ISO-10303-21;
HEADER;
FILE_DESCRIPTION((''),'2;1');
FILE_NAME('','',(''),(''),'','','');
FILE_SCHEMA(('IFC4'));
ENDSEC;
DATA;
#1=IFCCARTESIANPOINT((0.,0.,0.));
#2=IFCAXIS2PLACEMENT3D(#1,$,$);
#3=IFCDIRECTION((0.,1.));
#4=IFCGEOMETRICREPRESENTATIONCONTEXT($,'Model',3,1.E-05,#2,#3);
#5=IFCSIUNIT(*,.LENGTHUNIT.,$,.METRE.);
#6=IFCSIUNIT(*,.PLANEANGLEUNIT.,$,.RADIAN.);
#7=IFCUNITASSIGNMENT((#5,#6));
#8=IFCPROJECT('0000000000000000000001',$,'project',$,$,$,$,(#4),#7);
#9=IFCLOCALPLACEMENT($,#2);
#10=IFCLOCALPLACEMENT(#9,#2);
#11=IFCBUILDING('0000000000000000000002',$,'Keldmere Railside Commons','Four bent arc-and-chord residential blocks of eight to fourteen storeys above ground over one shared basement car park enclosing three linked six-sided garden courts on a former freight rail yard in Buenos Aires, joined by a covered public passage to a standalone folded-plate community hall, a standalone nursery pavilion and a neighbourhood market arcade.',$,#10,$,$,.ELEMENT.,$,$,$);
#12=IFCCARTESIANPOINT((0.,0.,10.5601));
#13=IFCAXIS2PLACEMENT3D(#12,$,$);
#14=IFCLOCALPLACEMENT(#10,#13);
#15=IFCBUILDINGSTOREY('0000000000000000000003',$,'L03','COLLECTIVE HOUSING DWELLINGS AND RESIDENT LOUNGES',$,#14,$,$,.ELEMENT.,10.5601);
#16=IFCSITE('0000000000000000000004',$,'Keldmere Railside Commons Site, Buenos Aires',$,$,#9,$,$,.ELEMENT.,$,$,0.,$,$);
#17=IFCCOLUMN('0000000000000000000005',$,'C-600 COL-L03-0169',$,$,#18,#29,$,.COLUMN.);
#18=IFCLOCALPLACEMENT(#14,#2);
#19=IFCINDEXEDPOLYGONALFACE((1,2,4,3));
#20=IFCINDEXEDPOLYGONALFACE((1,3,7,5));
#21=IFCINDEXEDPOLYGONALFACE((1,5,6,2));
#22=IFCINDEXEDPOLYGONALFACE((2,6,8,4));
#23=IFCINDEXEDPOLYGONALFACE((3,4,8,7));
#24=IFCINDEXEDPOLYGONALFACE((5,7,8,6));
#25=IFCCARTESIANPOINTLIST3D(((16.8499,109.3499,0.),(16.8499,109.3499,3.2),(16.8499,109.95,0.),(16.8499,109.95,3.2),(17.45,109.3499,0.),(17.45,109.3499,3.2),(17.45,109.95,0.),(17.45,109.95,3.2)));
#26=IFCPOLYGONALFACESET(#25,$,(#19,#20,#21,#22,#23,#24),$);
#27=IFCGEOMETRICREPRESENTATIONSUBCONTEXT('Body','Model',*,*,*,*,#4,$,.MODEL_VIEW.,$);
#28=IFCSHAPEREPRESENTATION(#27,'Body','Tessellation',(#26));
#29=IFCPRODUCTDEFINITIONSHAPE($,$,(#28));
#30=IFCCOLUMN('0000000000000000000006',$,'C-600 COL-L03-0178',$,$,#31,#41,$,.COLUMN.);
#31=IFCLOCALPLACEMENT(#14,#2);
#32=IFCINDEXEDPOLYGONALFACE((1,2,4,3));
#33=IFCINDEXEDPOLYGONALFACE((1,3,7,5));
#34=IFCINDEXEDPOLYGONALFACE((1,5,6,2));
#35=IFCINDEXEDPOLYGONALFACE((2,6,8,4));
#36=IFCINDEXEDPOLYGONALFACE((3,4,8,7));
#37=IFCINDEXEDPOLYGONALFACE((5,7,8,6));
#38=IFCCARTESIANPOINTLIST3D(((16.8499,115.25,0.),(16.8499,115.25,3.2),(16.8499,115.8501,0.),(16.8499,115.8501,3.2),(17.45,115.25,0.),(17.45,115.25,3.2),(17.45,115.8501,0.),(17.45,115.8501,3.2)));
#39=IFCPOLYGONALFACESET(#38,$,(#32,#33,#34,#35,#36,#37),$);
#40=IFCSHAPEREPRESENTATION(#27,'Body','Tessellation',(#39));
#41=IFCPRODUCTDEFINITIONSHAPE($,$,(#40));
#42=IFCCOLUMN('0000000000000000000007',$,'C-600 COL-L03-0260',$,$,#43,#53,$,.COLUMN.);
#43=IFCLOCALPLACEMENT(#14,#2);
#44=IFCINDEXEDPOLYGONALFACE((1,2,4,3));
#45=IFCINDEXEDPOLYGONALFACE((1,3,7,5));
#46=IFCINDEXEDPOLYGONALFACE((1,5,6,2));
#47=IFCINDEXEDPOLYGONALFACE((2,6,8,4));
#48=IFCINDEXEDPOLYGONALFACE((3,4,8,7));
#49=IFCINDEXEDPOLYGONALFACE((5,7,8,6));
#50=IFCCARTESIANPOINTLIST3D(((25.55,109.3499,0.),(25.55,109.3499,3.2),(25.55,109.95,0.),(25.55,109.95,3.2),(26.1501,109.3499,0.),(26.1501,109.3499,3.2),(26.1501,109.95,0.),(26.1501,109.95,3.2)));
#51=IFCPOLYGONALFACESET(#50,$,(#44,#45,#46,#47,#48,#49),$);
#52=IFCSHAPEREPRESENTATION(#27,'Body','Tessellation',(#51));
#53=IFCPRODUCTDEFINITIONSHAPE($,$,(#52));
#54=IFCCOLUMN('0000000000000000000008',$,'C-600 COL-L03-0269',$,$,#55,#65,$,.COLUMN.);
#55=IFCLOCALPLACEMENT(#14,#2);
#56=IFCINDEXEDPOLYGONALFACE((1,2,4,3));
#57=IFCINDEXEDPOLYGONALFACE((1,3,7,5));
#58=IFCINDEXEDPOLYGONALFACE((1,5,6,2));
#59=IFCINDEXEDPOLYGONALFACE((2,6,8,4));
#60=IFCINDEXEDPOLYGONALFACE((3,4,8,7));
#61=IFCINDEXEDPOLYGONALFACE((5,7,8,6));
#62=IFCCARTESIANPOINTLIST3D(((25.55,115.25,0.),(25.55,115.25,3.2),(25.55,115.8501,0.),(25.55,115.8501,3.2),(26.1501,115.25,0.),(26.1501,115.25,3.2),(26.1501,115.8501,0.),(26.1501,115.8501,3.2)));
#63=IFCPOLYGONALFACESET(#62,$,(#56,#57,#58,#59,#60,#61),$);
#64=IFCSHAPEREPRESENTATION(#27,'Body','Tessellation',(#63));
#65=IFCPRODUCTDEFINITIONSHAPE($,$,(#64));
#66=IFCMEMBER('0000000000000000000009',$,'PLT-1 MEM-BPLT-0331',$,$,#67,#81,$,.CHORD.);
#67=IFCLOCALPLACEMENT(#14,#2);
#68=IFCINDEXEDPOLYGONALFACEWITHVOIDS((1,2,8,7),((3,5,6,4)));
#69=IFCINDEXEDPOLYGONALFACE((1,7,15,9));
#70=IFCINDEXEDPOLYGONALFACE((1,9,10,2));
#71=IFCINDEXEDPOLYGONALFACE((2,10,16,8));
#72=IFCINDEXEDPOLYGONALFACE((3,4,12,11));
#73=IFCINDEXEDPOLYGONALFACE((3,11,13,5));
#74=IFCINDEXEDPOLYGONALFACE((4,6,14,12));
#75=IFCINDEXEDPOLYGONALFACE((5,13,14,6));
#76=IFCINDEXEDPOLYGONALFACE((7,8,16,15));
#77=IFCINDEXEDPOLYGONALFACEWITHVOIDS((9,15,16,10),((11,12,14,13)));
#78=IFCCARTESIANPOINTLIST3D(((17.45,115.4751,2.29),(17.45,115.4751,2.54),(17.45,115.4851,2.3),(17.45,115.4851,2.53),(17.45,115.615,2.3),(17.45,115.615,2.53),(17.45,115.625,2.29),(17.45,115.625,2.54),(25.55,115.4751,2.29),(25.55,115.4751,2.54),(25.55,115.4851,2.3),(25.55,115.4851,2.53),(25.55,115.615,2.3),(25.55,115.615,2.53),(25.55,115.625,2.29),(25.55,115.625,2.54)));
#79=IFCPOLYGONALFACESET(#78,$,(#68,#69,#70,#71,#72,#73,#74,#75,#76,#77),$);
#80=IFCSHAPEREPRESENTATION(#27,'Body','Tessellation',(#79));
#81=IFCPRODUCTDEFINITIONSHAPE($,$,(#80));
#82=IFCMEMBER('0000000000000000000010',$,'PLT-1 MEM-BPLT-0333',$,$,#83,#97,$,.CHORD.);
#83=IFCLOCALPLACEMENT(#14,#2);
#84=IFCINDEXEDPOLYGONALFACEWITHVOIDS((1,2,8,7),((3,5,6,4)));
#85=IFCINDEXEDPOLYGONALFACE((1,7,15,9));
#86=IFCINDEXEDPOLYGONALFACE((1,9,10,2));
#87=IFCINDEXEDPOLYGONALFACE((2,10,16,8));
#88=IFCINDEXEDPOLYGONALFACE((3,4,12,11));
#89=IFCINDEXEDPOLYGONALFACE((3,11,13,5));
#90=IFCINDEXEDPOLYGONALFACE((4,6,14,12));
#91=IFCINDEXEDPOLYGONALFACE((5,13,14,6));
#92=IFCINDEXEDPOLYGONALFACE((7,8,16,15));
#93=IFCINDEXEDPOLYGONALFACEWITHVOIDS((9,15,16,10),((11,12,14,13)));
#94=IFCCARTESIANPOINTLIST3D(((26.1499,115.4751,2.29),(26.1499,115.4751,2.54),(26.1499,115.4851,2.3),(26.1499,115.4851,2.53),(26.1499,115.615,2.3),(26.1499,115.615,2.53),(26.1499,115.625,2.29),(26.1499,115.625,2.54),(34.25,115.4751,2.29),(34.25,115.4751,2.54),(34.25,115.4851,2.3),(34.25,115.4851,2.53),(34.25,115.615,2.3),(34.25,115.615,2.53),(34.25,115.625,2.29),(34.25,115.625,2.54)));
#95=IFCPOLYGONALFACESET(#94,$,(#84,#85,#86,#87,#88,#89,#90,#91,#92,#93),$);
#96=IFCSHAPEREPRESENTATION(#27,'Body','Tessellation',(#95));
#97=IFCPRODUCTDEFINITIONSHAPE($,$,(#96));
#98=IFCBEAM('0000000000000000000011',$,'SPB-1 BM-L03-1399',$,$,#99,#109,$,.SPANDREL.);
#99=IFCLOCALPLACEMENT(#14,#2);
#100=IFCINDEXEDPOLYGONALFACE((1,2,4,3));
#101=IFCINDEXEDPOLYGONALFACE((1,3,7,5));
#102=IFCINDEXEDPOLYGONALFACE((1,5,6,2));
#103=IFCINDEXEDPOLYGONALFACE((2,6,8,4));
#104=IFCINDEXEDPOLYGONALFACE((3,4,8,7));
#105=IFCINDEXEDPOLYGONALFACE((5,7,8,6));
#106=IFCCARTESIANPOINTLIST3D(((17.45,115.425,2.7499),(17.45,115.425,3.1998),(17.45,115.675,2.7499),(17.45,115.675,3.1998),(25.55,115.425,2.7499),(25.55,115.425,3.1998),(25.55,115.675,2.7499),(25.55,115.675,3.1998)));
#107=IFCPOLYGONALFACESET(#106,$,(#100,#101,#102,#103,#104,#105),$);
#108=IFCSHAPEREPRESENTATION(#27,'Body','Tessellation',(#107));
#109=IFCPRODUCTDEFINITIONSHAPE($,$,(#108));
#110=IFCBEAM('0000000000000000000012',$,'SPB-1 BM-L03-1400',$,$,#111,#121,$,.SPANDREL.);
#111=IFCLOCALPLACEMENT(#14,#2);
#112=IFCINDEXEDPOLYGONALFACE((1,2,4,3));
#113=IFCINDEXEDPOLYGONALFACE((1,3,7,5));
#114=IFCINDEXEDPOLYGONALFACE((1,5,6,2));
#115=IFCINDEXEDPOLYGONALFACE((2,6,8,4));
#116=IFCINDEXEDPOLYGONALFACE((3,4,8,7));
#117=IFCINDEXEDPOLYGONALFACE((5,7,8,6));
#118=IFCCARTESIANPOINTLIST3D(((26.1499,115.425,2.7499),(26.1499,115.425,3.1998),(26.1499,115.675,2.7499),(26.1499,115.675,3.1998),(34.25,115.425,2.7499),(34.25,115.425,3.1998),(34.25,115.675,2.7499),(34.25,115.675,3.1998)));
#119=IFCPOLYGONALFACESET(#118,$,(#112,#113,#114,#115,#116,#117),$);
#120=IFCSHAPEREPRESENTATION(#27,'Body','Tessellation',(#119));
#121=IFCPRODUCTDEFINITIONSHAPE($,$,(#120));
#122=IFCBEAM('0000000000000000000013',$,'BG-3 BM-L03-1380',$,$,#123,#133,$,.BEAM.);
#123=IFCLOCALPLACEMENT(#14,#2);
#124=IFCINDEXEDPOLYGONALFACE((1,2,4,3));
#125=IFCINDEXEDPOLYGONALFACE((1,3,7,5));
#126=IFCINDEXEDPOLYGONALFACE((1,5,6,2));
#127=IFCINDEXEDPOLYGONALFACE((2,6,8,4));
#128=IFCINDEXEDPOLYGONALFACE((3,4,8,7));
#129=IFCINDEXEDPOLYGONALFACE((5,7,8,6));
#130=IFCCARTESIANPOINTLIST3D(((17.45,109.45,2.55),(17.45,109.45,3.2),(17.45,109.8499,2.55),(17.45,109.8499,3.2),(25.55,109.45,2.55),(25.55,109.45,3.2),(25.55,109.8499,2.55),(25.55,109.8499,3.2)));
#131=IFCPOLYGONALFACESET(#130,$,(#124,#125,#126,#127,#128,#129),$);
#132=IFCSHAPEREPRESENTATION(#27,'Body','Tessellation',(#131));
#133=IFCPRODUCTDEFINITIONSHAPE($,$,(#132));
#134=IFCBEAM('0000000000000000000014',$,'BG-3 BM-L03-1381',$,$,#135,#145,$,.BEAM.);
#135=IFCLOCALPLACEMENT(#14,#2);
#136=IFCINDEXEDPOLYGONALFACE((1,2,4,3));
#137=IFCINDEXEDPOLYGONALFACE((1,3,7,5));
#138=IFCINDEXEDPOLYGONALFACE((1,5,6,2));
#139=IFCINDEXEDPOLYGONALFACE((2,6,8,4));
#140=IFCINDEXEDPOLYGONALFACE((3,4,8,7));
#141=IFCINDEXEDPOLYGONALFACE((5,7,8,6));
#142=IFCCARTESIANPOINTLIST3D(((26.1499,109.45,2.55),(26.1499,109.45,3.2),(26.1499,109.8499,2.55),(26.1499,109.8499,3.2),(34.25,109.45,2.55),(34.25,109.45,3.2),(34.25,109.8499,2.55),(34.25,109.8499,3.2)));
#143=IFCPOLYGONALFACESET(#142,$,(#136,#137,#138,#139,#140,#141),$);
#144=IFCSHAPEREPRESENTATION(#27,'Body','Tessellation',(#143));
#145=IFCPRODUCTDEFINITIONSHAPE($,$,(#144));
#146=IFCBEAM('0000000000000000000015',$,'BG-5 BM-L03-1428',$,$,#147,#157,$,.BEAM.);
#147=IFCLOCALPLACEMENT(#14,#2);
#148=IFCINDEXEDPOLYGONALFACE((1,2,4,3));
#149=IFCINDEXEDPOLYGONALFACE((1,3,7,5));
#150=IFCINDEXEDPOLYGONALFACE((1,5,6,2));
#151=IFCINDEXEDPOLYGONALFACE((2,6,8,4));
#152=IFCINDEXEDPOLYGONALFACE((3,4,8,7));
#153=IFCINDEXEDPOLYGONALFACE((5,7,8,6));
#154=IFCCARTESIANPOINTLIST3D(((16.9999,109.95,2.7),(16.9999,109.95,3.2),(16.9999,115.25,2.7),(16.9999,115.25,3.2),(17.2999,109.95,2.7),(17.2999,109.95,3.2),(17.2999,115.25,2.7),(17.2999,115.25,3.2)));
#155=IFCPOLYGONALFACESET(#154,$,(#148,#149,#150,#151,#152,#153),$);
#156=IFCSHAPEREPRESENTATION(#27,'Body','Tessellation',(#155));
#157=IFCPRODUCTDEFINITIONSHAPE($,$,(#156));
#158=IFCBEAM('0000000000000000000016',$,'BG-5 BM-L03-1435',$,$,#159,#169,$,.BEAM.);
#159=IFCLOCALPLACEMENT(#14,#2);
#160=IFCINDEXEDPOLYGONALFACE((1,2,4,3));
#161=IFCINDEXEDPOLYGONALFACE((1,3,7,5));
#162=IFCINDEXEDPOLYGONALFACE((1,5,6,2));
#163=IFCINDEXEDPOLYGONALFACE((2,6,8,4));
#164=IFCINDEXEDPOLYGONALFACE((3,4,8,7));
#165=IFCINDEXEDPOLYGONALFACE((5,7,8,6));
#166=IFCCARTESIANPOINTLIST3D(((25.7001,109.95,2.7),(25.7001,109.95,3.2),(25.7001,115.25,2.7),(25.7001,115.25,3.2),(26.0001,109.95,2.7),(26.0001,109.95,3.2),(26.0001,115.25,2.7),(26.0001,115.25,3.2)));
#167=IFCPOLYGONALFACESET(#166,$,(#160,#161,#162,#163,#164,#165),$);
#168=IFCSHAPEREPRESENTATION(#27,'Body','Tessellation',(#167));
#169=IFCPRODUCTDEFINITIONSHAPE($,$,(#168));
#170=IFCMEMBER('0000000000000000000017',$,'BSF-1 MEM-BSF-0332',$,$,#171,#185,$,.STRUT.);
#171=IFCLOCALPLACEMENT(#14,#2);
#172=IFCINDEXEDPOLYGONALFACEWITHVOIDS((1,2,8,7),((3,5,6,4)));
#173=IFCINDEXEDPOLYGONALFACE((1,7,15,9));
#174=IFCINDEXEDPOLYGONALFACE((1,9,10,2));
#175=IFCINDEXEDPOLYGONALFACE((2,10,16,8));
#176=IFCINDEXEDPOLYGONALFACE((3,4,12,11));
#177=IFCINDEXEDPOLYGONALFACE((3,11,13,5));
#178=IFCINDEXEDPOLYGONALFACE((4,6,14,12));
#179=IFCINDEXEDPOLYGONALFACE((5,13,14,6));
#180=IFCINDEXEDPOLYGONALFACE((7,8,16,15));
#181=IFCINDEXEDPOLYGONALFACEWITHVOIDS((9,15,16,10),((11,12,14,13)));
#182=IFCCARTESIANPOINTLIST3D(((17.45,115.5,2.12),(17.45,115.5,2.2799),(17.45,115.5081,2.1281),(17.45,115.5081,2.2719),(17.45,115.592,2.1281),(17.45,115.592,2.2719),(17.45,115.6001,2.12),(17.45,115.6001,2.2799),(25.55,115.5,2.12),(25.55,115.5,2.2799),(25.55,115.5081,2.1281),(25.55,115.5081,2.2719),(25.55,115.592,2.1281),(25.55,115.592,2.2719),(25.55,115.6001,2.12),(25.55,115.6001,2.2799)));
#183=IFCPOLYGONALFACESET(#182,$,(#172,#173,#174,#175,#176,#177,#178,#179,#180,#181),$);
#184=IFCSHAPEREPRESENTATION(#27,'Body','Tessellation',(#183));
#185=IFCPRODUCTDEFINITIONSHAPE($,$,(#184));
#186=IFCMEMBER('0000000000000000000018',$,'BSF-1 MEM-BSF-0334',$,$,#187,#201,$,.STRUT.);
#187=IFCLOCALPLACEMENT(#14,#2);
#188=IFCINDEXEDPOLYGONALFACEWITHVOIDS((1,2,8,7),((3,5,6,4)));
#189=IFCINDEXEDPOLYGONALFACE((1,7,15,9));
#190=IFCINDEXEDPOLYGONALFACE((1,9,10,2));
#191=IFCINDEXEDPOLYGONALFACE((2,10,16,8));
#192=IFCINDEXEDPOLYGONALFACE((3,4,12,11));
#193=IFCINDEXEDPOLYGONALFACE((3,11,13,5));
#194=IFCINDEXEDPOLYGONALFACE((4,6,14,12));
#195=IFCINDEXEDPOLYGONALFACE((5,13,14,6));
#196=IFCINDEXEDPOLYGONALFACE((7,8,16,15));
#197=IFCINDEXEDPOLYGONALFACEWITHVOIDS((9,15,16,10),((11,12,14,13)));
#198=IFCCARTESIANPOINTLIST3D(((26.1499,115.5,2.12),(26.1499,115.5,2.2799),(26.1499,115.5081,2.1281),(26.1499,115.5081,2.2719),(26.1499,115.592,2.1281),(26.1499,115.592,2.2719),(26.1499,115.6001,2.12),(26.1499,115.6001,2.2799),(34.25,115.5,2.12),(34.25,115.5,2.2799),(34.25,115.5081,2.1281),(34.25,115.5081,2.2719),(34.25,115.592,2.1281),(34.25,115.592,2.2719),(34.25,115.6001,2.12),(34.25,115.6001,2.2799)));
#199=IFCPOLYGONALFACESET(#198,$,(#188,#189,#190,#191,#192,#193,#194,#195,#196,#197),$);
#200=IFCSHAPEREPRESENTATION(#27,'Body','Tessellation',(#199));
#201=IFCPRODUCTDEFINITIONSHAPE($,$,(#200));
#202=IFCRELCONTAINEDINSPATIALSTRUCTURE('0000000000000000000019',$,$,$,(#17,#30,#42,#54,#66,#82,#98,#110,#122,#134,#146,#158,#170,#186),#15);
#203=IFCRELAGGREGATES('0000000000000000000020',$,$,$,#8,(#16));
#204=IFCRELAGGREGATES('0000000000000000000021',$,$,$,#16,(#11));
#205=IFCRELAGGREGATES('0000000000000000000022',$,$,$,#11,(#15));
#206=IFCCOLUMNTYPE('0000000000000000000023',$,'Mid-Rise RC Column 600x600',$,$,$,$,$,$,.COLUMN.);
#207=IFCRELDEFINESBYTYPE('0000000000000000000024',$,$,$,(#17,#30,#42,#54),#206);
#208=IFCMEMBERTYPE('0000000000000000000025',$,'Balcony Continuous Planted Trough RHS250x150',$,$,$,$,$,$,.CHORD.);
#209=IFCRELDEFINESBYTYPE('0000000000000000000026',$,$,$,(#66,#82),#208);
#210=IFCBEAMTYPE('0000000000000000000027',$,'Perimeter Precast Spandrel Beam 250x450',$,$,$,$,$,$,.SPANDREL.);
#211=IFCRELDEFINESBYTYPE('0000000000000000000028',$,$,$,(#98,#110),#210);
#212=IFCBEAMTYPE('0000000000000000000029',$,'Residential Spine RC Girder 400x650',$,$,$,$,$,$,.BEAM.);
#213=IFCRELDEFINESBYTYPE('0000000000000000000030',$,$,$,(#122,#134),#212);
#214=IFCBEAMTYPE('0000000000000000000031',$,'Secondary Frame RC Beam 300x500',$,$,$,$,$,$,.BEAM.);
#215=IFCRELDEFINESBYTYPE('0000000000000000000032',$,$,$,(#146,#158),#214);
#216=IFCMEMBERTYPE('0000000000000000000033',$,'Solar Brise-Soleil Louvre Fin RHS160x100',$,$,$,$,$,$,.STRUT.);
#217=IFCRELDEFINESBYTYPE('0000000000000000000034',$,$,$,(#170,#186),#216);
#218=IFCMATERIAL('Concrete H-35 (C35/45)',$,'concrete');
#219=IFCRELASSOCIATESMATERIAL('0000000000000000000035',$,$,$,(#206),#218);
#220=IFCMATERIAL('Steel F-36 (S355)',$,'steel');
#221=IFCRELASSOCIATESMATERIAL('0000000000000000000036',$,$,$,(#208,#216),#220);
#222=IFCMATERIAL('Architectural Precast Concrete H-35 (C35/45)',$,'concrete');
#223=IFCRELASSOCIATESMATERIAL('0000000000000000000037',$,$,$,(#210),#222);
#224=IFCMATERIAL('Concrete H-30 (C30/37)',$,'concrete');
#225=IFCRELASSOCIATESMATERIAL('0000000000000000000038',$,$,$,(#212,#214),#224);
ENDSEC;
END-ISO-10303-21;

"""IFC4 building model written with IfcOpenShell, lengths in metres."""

from ifc_helpers import new_model, si_unit, direction, frame, origin, origin_2d, place, context, subcontext, project, spatial, rectangle, hollow_rectangle, extrude, material, material_profile, profile_set, type_object, element, save


model = new_model("IFC4")

# Units and contexts
model_context = context("Model", 3, precision=1e-05, world=origin(), true_north=direction((0.0, 1.0)))
body_context = subcontext(model_context, "Body", "Model", "MODEL_VIEW")
ifc_project = project(units=[si_unit("LENGTHUNIT", "METRE"), si_unit("PLANEANGLEUNIT", "RADIAN")], contexts=[model_context])

# Site, building, storey
site_placement = place(None, origin())
site = spatial("IfcSite", under=ifc_project, at=site_placement, Name="Keldmere Railside Commons Site, Buenos Aires", CompositionType="ELEMENT", RefElevation=0.0)
building_placement = place(site_placement, origin())
building = spatial("IfcBuilding", under=site, at=building_placement, Name="Keldmere Railside Commons", Description="Four bent arc-and-chord residential blocks of eight to fourteen storeys above ground over one shared basement car park enclosing three linked six-sided garden courts on a former freight rail yard in Buenos Aires, joined by a covered public passage to a standalone folded-plate community hall, a standalone nursery pavilion and a neighbourhood market arcade.", CompositionType="ELEMENT")
storey_placement = place(building_placement, frame((0.0, 0.0, 10.5601)))
storey = spatial("IfcBuildingStorey", under=building, at=storey_placement, Name="L03", Description="COLLECTIVE HOUSING DWELLINGS AND RESIDENT LOUNGES", CompositionType="ELEMENT", Elevation=10.5601)

# Columns
ifc_material_1 = material(Name="Concrete H-35 (C35/45)", Category="concrete")
ifc_material_profile_1 = material_profile(ifc_material_1, rectangle(XDim=0.6001, YDim=0.6001, at=origin_2d()), Name="RC-600x600")
ifc_profile_set_1 = profile_set([ifc_material_profile_1], Name="Concrete H-35 (C35/45)")
column_type = type_object("IfcColumnType", Name="Mid-Rise RC Column 600x600", PredefinedType="COLUMN", material=ifc_profile_set_1)
for number, where, z_axis, x_axis, name in (
    (1, (17.1499, 109.6499, 0.0), (0.0, 0.0, 1.0), (1.0, 0.0, 0.0), "C-600 COL-L03-0169"),
    (2, (17.1499, 115.55, 0.0), (0.0, 0.0, 1.0), (1.0, 0.0, 0.0), "C-600 COL-L03-0178"),
    (3, (25.8501, 109.6499, 0.0), (0.0, 0.0, 1.0), (1.0, 0.0, 0.0), "C-600 COL-L03-0260"),
    (4, (25.8501, 115.55, 0.0), (0.0, 0.0, 1.0), (1.0, 0.0, 0.0), "C-600 COL-L03-0269"),
):
    element("IfcColumn", number, at=place(storey_placement, frame(where, z_axis=z_axis, x_axis=x_axis)), inside=storey, type_object=column_type, Name=name, PredefinedType="COLUMN", context=body_context, shape_type="SweptSolid", body=[
        extrude(rectangle(XDim=0.6001, YDim=0.6001, at=origin_2d()), origin(), (0.0, 0.0, 1.0), 3.2),
    ])

# Members
ifc_material_2 = material(Name="Steel F-36 (S355)", Category="steel")
ifc_material_profile_2 = material_profile(ifc_material_2, hollow_rectangle(XDim=0.1499, YDim=0.25, WallThickness=0.01, at=origin_2d()), Name="RHS-250x150x10")
ifc_profile_set_2 = profile_set([ifc_material_profile_2], Name="Steel F-36 (S355)")
member_type_1 = type_object("IfcMemberType", Name="Balcony Continuous Planted Trough RHS250x150", PredefinedType="CHORD", material=ifc_profile_set_2)
for number, where, z_axis, x_axis, name in (
    (5, (17.45, 115.55, 2.415), (1.0, 0.0, 0.0), (0.0, 1.0, 0.0), "PLT-1 MEM-BPLT-0331"),
    (6, (26.1499, 115.55, 2.415), (1.0, 0.0, 0.0), (0.0, 1.0, 0.0), "PLT-1 MEM-BPLT-0333"),
):
    element("IfcMember", number, at=place(storey_placement, frame(where, z_axis=z_axis, x_axis=x_axis)), inside=storey, type_object=member_type_1, Name=name, PredefinedType="CHORD", context=body_context, shape_type="SweptSolid", body=[
        extrude(hollow_rectangle(XDim=0.1499, YDim=0.25, WallThickness=0.01, at=origin_2d()), origin(), (0.0, 0.0, 1.0), 8.1001),
    ])

# Beams
ifc_material_3 = material(Name="Architectural Precast Concrete H-35 (C35/45)", Category="concrete")
ifc_material_profile_3 = material_profile(ifc_material_3, rectangle(XDim=0.25, YDim=0.45, at=origin_2d()), Name="RC-250x450")
ifc_profile_set_3 = profile_set([ifc_material_profile_3], Name="Architectural Precast Concrete H-35 (C35/45)")
beam_type_1 = type_object("IfcBeamType", Name="Perimeter Precast Spandrel Beam 250x450", PredefinedType="SPANDREL", material=ifc_profile_set_3)
for number, where, z_axis, x_axis, name in (
    (7, (17.45, 115.55, 2.9749), (1.0, 0.0, 0.0), (0.0, 1.0, 0.0), "SPB-1 BM-L03-1399"),
    (8, (26.1499, 115.55, 2.9749), (1.0, 0.0, 0.0), (0.0, 1.0, 0.0), "SPB-1 BM-L03-1400"),
):
    element("IfcBeam", number, at=place(storey_placement, frame(where, z_axis=z_axis, x_axis=x_axis)), inside=storey, type_object=beam_type_1, Name=name, PredefinedType="SPANDREL", context=body_context, shape_type="SweptSolid", body=[
        extrude(rectangle(XDim=0.25, YDim=0.45, at=origin_2d()), origin(), (0.0, 0.0, 1.0), 8.1001),
    ])
ifc_material_4 = material(Name="Concrete H-30 (C30/37)", Category="concrete")
ifc_material_profile_4 = material_profile(ifc_material_4, rectangle(XDim=0.3999, YDim=0.6499, at=origin_2d()), Name="RC-400x650")
ifc_profile_set_4 = profile_set([ifc_material_profile_4], Name="Concrete H-30 (C30/37)")
beam_type_2 = type_object("IfcBeamType", Name="Residential Spine RC Girder 400x650", PredefinedType="BEAM", material=ifc_profile_set_4)
for number, where, z_axis, x_axis, name in (
    (9, (17.45, 109.6499, 2.875), (1.0, 0.0, 0.0), (0.0, 1.0, 0.0), "BG-3 BM-L03-1380"),
    (10, (26.1499, 109.6499, 2.875), (1.0, 0.0, 0.0), (0.0, 1.0, 0.0), "BG-3 BM-L03-1381"),
):
    element("IfcBeam", number, at=place(storey_placement, frame(where, z_axis=z_axis, x_axis=x_axis)), inside=storey, type_object=beam_type_2, Name=name, PredefinedType="BEAM", context=body_context, shape_type="SweptSolid", body=[
        extrude(rectangle(XDim=0.3999, YDim=0.6499, at=origin_2d()), origin(), (0.0, 0.0, 1.0), 8.1001),
    ])
ifc_material_profile_5 = material_profile(ifc_material_4, rectangle(XDim=0.3, YDim=0.5, at=origin_2d()), Name="RC-300x500")
ifc_profile_set_5 = profile_set([ifc_material_profile_5], Name="Concrete H-30 (C30/37)")
beam_type_3 = type_object("IfcBeamType", Name="Secondary Frame RC Beam 300x500", PredefinedType="BEAM", material=ifc_profile_set_5)
for number, where, z_axis, x_axis, name in (
    (11, (17.1499, 109.95, 2.95), (0.0, 1.0, 0.0), (-1.0, 0.0, 0.0), "BG-5 BM-L03-1428"),
    (12, (25.8501, 109.95, 2.95), (0.0, 1.0, 0.0), (-1.0, 0.0, 0.0), "BG-5 BM-L03-1435"),
):
    element("IfcBeam", number, at=place(storey_placement, frame(where, z_axis=z_axis, x_axis=x_axis)), inside=storey, type_object=beam_type_3, Name=name, PredefinedType="BEAM", context=body_context, shape_type="SweptSolid", body=[
        extrude(rectangle(XDim=0.3, YDim=0.5, at=origin_2d()), origin(), (0.0, 0.0, 1.0), 5.3),
    ])

# Members
ifc_material_profile_6 = material_profile(ifc_material_2, hollow_rectangle(XDim=0.1001, YDim=0.1599, WallThickness=0.0081, at=origin_2d()), Name="RHS-160x100x8")
ifc_profile_set_6 = profile_set([ifc_material_profile_6], Name="Steel F-36 (S355)")
member_type_2 = type_object("IfcMemberType", Name="Solar Brise-Soleil Louvre Fin RHS160x100", PredefinedType="STRUT", material=ifc_profile_set_6)
for number, where, z_axis, x_axis, name in (
    (13, (17.45, 115.55, 2.2), (1.0, 0.0, 0.0), (0.0, 1.0, 0.0), "BSF-1 MEM-BSF-0332"),
    (14, (26.1499, 115.55, 2.2), (1.0, 0.0, 0.0), (0.0, 1.0, 0.0), "BSF-1 MEM-BSF-0334"),
):
    element("IfcMember", number, at=place(storey_placement, frame(where, z_axis=z_axis, x_axis=x_axis)), inside=storey, type_object=member_type_2, Name=name, PredefinedType="STRUT", context=body_context, shape_type="SweptSolid", body=[
        extrude(hollow_rectangle(XDim=0.1001, YDim=0.1599, WallThickness=0.0081, at=origin_2d()), origin(), (0.0, 0.0, 1.0), 8.1001),
    ])

save(model, "model.ifc")
